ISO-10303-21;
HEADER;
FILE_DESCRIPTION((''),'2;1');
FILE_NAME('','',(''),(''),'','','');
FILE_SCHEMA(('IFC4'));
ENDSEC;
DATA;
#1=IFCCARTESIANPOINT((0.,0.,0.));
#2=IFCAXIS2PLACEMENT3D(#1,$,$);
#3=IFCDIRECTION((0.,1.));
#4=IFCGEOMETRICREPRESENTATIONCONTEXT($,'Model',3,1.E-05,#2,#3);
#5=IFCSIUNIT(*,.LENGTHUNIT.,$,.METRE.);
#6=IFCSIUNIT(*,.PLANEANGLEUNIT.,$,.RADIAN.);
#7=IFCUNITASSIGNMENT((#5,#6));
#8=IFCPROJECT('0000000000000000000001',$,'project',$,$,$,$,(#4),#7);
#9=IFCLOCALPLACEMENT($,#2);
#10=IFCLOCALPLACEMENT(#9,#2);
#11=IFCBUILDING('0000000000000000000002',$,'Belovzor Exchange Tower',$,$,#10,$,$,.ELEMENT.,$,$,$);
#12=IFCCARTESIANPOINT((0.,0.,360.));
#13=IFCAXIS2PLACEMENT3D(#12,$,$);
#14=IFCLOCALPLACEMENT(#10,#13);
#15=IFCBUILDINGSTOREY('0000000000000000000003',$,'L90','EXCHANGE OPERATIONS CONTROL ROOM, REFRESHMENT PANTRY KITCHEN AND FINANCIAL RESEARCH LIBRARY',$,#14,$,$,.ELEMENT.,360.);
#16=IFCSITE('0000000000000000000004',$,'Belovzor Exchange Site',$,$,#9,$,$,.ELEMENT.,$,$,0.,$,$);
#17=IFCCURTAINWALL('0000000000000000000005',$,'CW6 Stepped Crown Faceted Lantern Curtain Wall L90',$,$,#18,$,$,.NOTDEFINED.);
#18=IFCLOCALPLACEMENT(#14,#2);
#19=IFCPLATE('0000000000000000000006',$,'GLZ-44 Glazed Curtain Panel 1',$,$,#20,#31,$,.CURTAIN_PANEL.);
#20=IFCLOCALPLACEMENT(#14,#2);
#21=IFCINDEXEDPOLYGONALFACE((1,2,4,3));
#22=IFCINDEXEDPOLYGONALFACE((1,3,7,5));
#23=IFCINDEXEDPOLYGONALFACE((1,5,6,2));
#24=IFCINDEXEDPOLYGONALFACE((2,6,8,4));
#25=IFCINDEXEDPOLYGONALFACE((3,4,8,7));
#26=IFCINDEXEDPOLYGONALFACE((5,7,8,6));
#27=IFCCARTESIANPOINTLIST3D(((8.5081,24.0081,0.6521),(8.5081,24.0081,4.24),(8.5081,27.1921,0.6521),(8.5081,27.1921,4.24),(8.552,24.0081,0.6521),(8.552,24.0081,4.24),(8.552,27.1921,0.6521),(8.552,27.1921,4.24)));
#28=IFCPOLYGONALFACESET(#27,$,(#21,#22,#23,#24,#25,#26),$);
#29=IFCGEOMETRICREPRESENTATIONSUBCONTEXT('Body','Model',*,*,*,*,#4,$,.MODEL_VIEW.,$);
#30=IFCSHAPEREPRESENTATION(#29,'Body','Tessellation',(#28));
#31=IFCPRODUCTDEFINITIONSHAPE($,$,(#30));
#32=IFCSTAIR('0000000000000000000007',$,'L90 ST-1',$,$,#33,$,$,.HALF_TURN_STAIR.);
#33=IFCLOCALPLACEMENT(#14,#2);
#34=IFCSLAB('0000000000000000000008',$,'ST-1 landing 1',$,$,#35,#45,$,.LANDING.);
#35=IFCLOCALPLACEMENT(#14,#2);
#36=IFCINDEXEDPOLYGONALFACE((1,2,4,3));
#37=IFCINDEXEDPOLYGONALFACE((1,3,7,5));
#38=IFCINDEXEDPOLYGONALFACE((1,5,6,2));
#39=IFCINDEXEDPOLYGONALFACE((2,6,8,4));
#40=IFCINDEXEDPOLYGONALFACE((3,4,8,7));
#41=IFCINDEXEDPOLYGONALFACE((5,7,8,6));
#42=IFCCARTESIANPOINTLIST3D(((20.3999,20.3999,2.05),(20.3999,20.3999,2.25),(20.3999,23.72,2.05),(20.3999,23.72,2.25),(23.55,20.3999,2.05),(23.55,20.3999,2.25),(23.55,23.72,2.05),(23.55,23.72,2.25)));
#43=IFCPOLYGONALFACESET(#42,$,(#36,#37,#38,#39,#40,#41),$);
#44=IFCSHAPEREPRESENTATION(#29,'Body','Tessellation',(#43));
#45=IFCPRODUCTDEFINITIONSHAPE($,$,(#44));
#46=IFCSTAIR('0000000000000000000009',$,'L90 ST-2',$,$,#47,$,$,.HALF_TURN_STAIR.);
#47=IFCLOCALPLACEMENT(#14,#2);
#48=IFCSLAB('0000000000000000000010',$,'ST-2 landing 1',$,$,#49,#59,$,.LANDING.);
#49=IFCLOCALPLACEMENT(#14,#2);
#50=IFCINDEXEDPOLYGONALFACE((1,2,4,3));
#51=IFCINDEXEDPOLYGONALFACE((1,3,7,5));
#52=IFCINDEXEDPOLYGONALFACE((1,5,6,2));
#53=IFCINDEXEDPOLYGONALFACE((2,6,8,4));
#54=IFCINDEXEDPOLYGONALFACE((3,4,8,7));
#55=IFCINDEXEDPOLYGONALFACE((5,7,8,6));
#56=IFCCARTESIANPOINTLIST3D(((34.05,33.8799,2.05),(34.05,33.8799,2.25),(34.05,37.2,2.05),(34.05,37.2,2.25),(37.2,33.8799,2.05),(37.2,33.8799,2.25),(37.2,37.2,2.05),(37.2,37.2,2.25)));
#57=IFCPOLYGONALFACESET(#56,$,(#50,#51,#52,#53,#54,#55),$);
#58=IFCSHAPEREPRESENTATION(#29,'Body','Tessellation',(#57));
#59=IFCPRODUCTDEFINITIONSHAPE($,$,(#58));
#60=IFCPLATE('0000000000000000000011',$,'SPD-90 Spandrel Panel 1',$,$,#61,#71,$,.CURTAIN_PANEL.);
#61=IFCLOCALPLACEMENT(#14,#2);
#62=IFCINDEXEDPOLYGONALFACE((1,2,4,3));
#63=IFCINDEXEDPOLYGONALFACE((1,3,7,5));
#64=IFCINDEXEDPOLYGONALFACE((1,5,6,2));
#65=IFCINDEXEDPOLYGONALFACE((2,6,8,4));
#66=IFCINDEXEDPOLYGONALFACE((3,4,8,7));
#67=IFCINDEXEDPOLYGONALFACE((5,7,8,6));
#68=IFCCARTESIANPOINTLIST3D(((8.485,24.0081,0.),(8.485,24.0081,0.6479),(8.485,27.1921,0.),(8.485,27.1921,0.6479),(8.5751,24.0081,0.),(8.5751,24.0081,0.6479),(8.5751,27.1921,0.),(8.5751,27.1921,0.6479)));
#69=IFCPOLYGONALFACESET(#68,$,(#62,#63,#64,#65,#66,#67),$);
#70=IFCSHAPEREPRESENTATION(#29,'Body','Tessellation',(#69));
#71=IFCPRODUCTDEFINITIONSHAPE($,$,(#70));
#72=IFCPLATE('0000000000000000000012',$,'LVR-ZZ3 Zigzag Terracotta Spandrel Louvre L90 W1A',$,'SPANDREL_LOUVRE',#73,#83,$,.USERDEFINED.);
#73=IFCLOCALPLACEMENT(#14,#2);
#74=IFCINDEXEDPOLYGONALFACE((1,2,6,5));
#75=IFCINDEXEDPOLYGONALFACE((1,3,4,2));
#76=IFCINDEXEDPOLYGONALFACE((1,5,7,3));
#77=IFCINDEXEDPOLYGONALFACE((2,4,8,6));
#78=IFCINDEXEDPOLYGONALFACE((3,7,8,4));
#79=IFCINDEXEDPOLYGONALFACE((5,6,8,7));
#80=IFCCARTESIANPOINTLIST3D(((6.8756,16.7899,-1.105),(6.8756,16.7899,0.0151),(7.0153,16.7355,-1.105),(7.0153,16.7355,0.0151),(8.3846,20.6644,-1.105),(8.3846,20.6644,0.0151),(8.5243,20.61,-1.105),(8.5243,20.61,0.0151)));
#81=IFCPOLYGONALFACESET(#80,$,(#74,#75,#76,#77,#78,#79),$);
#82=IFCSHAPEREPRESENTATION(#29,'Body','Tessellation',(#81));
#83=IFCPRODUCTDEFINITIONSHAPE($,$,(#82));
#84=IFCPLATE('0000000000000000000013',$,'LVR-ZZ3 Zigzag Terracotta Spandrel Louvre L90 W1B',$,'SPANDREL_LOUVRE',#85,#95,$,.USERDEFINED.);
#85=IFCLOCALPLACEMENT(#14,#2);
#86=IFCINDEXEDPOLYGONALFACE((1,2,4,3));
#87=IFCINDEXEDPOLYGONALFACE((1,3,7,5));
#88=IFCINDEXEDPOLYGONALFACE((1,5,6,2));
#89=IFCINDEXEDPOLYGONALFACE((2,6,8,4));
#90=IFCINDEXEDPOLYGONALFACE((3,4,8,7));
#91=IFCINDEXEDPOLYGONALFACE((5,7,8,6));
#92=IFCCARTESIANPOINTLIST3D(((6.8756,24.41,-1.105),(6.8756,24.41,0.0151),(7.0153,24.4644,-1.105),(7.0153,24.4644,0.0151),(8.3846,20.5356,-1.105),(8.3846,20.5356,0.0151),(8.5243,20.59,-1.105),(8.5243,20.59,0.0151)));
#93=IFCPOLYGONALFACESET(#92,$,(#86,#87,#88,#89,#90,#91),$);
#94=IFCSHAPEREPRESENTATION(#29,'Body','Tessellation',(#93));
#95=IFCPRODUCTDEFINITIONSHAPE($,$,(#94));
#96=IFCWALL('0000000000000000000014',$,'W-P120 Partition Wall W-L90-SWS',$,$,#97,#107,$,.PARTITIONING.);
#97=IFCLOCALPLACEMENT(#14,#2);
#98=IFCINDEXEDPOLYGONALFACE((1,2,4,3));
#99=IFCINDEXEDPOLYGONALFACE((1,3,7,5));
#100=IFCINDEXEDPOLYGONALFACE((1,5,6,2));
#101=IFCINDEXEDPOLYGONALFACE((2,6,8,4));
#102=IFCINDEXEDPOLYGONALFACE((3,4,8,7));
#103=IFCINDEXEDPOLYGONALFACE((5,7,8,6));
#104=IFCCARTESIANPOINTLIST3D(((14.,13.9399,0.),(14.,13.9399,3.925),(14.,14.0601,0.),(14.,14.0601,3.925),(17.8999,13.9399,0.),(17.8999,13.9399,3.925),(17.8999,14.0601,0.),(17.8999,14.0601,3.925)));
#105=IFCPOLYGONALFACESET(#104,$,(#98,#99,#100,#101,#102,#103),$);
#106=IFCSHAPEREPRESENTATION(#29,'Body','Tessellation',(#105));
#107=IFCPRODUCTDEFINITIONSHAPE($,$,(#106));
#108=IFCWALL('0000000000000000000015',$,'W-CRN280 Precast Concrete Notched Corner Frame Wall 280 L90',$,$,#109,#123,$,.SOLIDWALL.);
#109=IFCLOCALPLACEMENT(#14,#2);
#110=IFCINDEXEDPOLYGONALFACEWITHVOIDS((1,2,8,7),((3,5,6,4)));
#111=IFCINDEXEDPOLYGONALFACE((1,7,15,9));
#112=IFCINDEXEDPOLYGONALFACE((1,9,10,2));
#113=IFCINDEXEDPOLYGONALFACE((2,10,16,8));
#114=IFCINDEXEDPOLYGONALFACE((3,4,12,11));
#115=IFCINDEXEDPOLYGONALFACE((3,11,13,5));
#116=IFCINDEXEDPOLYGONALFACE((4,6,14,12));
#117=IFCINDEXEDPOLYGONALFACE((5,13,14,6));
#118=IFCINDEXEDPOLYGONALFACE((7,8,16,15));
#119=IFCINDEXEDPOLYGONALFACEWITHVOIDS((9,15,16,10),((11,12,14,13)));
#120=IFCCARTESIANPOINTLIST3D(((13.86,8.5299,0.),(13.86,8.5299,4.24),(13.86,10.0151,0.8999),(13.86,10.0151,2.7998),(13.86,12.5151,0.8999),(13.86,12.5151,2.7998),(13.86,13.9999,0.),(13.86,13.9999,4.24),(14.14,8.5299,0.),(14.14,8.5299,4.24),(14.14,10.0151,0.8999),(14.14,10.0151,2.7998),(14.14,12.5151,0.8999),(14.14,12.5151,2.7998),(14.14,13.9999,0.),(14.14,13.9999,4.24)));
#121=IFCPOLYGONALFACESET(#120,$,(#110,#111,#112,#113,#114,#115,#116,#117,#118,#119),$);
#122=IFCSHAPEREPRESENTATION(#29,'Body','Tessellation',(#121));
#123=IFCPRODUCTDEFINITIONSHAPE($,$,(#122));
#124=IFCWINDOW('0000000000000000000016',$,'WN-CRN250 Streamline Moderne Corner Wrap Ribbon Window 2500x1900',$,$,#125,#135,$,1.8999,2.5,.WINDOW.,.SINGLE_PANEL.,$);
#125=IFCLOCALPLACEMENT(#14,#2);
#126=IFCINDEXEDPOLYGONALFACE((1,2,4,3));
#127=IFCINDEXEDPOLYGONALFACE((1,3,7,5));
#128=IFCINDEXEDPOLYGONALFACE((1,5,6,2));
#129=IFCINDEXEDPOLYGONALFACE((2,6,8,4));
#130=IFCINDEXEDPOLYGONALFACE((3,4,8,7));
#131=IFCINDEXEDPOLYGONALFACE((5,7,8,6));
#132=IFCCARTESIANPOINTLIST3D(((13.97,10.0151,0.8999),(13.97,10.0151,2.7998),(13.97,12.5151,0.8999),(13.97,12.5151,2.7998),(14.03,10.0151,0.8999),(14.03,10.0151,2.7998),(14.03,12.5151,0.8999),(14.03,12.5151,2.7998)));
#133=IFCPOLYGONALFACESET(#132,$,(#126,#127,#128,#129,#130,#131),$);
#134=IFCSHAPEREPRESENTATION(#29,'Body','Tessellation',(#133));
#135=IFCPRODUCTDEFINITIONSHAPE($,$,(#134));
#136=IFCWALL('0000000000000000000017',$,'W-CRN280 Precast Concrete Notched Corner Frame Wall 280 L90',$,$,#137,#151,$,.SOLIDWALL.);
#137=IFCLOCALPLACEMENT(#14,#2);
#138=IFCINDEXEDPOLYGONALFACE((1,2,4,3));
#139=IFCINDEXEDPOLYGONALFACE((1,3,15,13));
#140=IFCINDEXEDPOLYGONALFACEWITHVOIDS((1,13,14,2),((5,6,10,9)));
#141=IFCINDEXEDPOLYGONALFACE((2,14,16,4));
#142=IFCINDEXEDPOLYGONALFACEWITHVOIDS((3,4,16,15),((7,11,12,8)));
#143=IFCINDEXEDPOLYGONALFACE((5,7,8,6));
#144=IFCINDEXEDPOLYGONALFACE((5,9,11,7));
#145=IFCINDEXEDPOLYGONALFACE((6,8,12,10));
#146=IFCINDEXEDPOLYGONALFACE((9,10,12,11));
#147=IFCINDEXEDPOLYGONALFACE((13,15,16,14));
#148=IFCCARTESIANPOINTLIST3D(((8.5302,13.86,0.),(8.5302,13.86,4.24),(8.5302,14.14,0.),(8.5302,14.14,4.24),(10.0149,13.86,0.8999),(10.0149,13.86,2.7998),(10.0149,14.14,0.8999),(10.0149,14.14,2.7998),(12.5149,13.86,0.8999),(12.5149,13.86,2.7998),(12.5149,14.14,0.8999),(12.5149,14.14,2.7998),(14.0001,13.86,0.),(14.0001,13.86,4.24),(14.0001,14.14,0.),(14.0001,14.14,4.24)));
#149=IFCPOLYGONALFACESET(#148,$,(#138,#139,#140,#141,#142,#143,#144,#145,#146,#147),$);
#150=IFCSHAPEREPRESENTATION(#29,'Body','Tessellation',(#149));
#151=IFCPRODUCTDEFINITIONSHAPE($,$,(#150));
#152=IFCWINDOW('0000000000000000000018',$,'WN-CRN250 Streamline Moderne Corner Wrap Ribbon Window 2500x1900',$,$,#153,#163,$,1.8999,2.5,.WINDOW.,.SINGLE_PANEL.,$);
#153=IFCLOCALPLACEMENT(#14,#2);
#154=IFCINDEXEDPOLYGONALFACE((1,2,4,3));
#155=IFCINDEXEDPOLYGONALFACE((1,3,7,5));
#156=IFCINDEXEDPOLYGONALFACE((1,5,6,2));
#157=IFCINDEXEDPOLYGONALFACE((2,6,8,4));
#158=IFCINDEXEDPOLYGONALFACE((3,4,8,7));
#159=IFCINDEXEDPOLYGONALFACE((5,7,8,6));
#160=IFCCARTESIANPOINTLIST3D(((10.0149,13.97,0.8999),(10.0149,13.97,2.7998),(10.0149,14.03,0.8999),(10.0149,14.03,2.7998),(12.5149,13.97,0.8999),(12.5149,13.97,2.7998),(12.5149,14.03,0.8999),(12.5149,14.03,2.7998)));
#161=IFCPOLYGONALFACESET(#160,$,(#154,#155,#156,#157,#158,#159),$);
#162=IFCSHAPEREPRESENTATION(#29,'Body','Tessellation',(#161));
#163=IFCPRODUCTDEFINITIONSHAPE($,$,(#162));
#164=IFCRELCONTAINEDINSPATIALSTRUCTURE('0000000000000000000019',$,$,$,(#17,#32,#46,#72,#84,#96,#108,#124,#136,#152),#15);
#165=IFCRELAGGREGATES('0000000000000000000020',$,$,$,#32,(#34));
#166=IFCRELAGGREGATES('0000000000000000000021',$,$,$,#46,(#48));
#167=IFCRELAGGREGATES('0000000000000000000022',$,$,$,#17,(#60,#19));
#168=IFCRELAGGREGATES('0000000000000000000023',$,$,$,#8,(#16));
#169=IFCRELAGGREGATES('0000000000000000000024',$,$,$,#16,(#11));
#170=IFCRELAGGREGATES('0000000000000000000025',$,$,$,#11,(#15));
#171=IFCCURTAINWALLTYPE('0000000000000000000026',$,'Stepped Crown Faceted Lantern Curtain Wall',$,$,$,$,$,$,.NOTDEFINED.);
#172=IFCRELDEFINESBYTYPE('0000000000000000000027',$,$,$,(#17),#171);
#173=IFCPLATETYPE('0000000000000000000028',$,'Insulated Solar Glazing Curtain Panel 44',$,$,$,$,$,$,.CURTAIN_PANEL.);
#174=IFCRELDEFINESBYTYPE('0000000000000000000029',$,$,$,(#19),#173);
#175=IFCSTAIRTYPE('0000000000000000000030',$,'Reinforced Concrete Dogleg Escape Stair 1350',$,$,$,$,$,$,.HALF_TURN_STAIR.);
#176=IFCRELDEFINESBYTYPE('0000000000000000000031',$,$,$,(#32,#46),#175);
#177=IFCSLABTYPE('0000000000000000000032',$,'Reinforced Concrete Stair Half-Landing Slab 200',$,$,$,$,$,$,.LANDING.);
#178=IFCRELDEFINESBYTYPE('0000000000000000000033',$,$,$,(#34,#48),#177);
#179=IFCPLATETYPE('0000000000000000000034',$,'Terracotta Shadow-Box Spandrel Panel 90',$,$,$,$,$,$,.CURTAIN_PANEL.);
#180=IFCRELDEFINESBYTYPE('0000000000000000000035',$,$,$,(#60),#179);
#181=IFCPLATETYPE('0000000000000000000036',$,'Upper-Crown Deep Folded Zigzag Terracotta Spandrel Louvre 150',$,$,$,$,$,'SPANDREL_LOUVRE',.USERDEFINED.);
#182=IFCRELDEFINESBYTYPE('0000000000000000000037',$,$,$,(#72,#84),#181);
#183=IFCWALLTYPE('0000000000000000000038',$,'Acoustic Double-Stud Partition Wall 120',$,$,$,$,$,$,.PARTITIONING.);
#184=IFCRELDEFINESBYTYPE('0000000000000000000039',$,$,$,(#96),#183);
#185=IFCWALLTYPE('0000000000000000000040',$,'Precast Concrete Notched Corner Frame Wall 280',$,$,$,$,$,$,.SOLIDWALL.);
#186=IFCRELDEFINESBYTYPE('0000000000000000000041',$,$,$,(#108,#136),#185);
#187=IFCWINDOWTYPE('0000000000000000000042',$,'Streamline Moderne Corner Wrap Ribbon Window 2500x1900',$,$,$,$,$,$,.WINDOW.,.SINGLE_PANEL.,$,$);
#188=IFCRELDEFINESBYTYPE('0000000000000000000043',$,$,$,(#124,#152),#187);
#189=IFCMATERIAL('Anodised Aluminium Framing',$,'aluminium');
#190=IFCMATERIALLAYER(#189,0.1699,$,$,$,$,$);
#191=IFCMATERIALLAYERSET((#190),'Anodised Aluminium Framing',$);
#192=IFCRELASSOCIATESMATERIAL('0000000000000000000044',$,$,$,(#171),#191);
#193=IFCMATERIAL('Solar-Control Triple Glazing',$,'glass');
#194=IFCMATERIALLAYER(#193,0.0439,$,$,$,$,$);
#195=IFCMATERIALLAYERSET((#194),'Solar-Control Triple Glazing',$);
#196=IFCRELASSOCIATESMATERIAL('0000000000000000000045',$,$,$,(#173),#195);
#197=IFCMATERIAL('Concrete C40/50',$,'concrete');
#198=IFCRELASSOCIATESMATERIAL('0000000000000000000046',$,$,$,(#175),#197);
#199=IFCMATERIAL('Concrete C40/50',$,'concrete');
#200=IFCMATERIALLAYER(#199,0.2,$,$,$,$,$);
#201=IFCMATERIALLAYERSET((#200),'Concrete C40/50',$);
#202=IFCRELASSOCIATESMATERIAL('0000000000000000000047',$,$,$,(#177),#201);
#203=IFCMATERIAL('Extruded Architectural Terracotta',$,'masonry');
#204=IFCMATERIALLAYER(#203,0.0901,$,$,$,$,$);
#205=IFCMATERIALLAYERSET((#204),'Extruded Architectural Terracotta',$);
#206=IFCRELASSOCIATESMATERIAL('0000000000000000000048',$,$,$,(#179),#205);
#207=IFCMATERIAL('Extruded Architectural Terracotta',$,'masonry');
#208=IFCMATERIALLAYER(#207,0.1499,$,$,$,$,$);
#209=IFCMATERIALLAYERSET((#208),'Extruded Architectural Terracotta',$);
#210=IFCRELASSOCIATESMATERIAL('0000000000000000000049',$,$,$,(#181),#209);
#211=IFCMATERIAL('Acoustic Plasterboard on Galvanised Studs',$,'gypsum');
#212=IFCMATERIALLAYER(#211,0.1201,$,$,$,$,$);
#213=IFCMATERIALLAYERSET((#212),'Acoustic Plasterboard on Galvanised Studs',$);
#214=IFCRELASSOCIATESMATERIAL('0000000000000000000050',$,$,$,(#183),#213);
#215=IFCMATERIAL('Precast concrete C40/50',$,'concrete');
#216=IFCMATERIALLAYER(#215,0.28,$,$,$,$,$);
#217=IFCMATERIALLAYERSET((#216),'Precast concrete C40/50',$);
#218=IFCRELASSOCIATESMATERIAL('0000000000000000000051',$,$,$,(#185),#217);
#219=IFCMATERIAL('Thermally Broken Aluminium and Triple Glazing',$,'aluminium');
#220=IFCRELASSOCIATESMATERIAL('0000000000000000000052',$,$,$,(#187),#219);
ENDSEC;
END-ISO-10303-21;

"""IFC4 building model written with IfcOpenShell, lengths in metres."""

from ifc_helpers import new_model, si_unit, direction, frame, frame_2d, origin, origin_2d, place, context, subcontext, project, spatial, polyline, rectangle, outline, extrude, material, layer, layer_set, type_object, element, fill, aggregate, save


model = new_model("IFC4")

# Units and contexts
model_context = context("Model", 3, precision=1e-05, world=origin(), true_north=direction((0.0, 1.0)))
body_context = subcontext(model_context, "Body", "Model", "MODEL_VIEW")
ifc_project = project(units=[si_unit("LENGTHUNIT", "METRE"), si_unit("PLANEANGLEUNIT", "RADIAN")], contexts=[model_context])

# Site, building, storey
site_placement = place(None, origin())
site = spatial("IfcSite", under=ifc_project, at=site_placement, Name="Belovzor Exchange Site", CompositionType="ELEMENT", RefElevation=0.0)
building_placement = place(site_placement, origin())
building = spatial("IfcBuilding", under=site, at=building_placement, Name="Belovzor Exchange Tower", CompositionType="ELEMENT")
storey_placement = place(building_placement, frame((0.0, 0.0, 360.0)))
storey = spatial("IfcBuildingStorey", under=building, at=storey_placement, Name="L90", Description="EXCHANGE OPERATIONS CONTROL ROOM, REFRESHMENT PANTRY KITCHEN AND FINANCIAL RESEARCH LIBRARY", CompositionType="ELEMENT", Elevation=360.0)

# Curtain wall
ifc_material_1 = material(Name="Anodised Aluminium Framing", Category="aluminium")
ifc_layer_1 = layer(ifc_material_1, 0.1699)
ifc_layer_set_1 = layer_set([ifc_layer_1], Name="Anodised Aluminium Framing")
curtain_wall_type = type_object("IfcCurtainWallType", Name="Stepped Crown Faceted Lantern Curtain Wall", PredefinedType="NOTDEFINED", material=ifc_layer_set_1)
curtain_wall_placement = place(storey_placement, origin())
curtain_wall = element("IfcCurtainWall", 1, at=curtain_wall_placement, inside=storey, type_object=curtain_wall_type, Name="CW6 Stepped Crown Faceted Lantern Curtain Wall L90", PredefinedType="NOTDEFINED")

# Plate
ifc_material_2 = material(Name="Solar-Control Triple Glazing", Category="glass")
ifc_layer_2 = layer(ifc_material_2, 0.0439)
ifc_layer_set_2 = layer_set([ifc_layer_2], Name="Solar-Control Triple Glazing")
plate_type_1 = type_object("IfcPlateType", Name="Insulated Solar Glazing Curtain Panel 44", PredefinedType="CURTAIN_PANEL", material=ifc_layer_set_2)
plate_1_placement = place(storey_placement, frame((8.53, 25.6001, 0.6521), z_axis=(0.0, 0.0, 1.0), x_axis=(0.0, 1.0, 0.0)))
plate_1 = element("IfcPlate", 2, at=plate_1_placement, type_object=plate_type_1, Name="GLZ-44 Glazed Curtain Panel 1", PredefinedType="CURTAIN_PANEL", context=body_context, shape_type="SweptSolid", body=[
    extrude(rectangle(XDim=3.1841, YDim=0.0439, at=origin_2d()), origin(), (0.0, 0.0, 1.0), 3.5879),
])

# Stairs, slabs
ifc_material_3 = material(Name="Concrete C40/50", Category="concrete")
stair_type = type_object("IfcStairType", Name="Reinforced Concrete Dogleg Escape Stair 1350", PredefinedType="HALF_TURN_STAIR", material=ifc_material_3)
stair_1_placement = place(storey_placement, origin())
stair_1 = element("IfcStair", 3, at=stair_1_placement, inside=storey, type_object=stair_type, Name="L90 ST-1", PredefinedType="HALF_TURN_STAIR")
ifc_material_4 = material(Name="Concrete C40/50", Category="concrete")
ifc_layer_3 = layer(ifc_material_4, 0.2)
ifc_layer_set_3 = layer_set([ifc_layer_3], Name="Concrete C40/50")
slab_type_1 = type_object("IfcSlabType", Name="Reinforced Concrete Stair Half-Landing Slab 200", PredefinedType="LANDING", material=ifc_layer_set_3)
slab_1_placement = place(storey_placement, frame((0.0, 0.0, 2.05)))
slab_1 = element("IfcSlab", 4, at=slab_1_placement, type_object=slab_type_1, Name="ST-1 landing 1", PredefinedType="LANDING", context=body_context, shape_type="SweptSolid", body=[
    extrude(outline(polyline([(20.3999, 23.72), (20.3999, 20.3999), (23.55, 20.3999), (23.55, 23.72), (20.3999, 23.72)])), origin(), (0.0, 0.0, 1.0), 0.2),
])
aggregate(stair_1, [slab_1])
stair_2_placement = place(storey_placement, origin())
stair_2 = element("IfcStair", 5, at=stair_2_placement, inside=storey, type_object=stair_type, Name="L90 ST-2", PredefinedType="HALF_TURN_STAIR")
slab_2_placement = place(storey_placement, frame((0.0, 0.0, 2.05)))
slab_2 = element("IfcSlab", 6, at=slab_2_placement, type_object=slab_type_1, Name="ST-2 landing 1", PredefinedType="LANDING", context=body_context, shape_type="SweptSolid", body=[
    extrude(outline(polyline([(37.2, 33.8799), (37.2, 37.2), (34.05, 37.2), (34.05, 33.8799), (37.2, 33.8799)])), origin(), (0.0, 0.0, 1.0), 0.2),
])
aggregate(stair_2, [slab_2])

# Plate
ifc_material_5 = material(Name="Extruded Architectural Terracotta", Category="masonry")
ifc_layer_4 = layer(ifc_material_5, 0.0901)
ifc_layer_set_4 = layer_set([ifc_layer_4], Name="Extruded Architectural Terracotta")
plate_type_2 = type_object("IfcPlateType", Name="Terracotta Shadow-Box Spandrel Panel 90", PredefinedType="CURTAIN_PANEL", material=ifc_layer_set_4)
plate_2_placement = place(storey_placement, frame((8.53, 25.6001, 0.0), z_axis=(0.0, 0.0, 1.0), x_axis=(0.0, 1.0, 0.0)))
plate_2 = element("IfcPlate", 7, at=plate_2_placement, type_object=plate_type_2, Name="SPD-90 Spandrel Panel 1", PredefinedType="CURTAIN_PANEL", context=body_context, shape_type="SweptSolid", body=[
    extrude(rectangle(XDim=3.1841, YDim=0.0901, at=origin_2d()), origin(), (0.0, 0.0, 1.0), 0.6479),
])
aggregate(curtain_wall, [plate_2, plate_1])

# Plates
ifc_material_6 = material(Name="Extruded Architectural Terracotta", Category="masonry")
ifc_layer_5 = layer(ifc_material_6, 0.1499)
ifc_layer_set_5 = layer_set([ifc_layer_5], Name="Extruded Architectural Terracotta")
plate_type_3 = type_object("IfcPlateType", Name="Upper-Crown Deep Folded Zigzag Terracotta Spandrel Louvre 150", ElementType="SPANDREL_LOUVRE", PredefinedType="USERDEFINED", material=ifc_layer_set_5)
for number, where, z_axis, x_axis, name in (
    (8, (7.7, 18.7, -1.105), (0.0, 0.0, 1.0), (0.362926, 0.931818, 0.0), "LVR-ZZ3 Zigzag Terracotta Spandrel Louvre L90 W1A"),
    (9, (7.7, 22.5, -1.105), (0.0, 0.0, 1.0), (-0.362926, 0.931818, 0.0), "LVR-ZZ3 Zigzag Terracotta Spandrel Louvre L90 W1B"),
):
    element("IfcPlate", number, at=place(storey_placement, frame(where, z_axis=z_axis, x_axis=x_axis)), inside=storey, type_object=plate_type_3, Name=name, ObjectType="SPANDREL_LOUVRE", PredefinedType="USERDEFINED", context=body_context, shape_type="SweptSolid", body=[
        extrude(rectangle(XDim=4.158, YDim=0.1499, at=origin_2d()), origin(), (0.0, 0.0, 1.0), 1.1201),
    ])

# Wall
ifc_material_7 = material(Name="Acoustic Plasterboard on Galvanised Studs", Category="gypsum")
ifc_layer_6 = layer(ifc_material_7, 0.1201)
ifc_layer_set_6 = layer_set([ifc_layer_6], Name="Acoustic Plasterboard on Galvanised Studs")
wall_type_1 = type_object("IfcWallType", Name="Acoustic Double-Stud Partition Wall 120", PredefinedType="PARTITIONING", material=ifc_layer_set_6)
wall_1_placement = place(storey_placement, frame((14.0, 14.0, 0.0), z_axis=(0.0, 0.0, 1.0), x_axis=(1.0, 0.0, 0.0)))
element("IfcWall", 10, at=wall_1_placement, inside=storey, type_object=wall_type_1, Name="W-P120 Partition Wall W-L90-SWS", PredefinedType="PARTITIONING", context=body_context, shape_type="SweptSolid", body=[
    extrude(rectangle(XDim=3.8999, YDim=0.1201, at=frame_2d((1.95, 0.0))), origin(), (0.0, 0.0, 1.0), 3.925),
])

# Walls, openings, windows
ifc_material_8 = material(Name="Precast concrete C40/50", Category="concrete")
ifc_layer_7 = layer(ifc_material_8, 0.28)
ifc_layer_set_7 = layer_set([ifc_layer_7], Name="Precast concrete C40/50")
wall_type_2 = type_object("IfcWallType", Name="Precast Concrete Notched Corner Frame Wall 280", PredefinedType="SOLIDWALL", material=ifc_layer_set_7)
wall_2_placement = place(storey_placement, frame((14.0, 8.53, 0.0), z_axis=(0.0, 0.0, 1.0), x_axis=(0.0, 1.0, 0.0)))
wall_2 = element("IfcWall", 11, at=wall_2_placement, inside=storey, type_object=wall_type_2, Name="W-CRN280 Precast Concrete Notched Corner Frame Wall 280 L90", PredefinedType="SOLIDWALL", context=body_context, shape_type="SweptSolid", body=[
    extrude(rectangle(XDim=5.47, YDim=0.28, at=frame_2d((2.7349, 0.0))), origin(), (0.0, 0.0, 1.0), 4.24),
])
opening_1_placement = place(wall_2_placement, frame((1.4851, 0.0, 0.8999)))
opening_1 = element("IfcOpeningElement", 12, at=opening_1_placement, cuts=wall_2, PredefinedType="OPENING", context=body_context, shape_type="SweptSolid", body=[
    extrude(rectangle(XDim=2.5, YDim=1.8999, at=frame_2d((1.25, 0.95))), frame((0.0, 0.1499, 0.0), z_axis=(0.0, -1.0, 0.0), x_axis=(1.0, 0.0, 0.0)), (0.0, 0.0, 1.0), 0.3),
])
ifc_material_9 = material(Name="Thermally Broken Aluminium and Triple Glazing", Category="aluminium")
window_type_1 = type_object("IfcWindowType", Name="Streamline Moderne Corner Wrap Ribbon Window 2500x1900", PartitioningType="SINGLE_PANEL", PredefinedType="WINDOW", material=ifc_material_9)
window_1_placement = place(opening_1_placement, origin())
window_1 = element("IfcWindow", 13, at=window_1_placement, inside=storey, type_object=window_type_1, Name="WN-CRN250 Streamline Moderne Corner Wrap Ribbon Window 2500x1900", OverallHeight=1.8999, OverallWidth=2.5, PartitioningType="SINGLE_PANEL", PredefinedType="WINDOW", context=body_context, shape_type="SweptSolid", body=[
    extrude(rectangle(XDim=2.5, YDim=1.8999, at=frame_2d((1.25, 0.95))), frame((0.0, 0.03, 0.0), z_axis=(0.0, -1.0, 0.0), x_axis=(1.0, 0.0, 0.0)), (0.0, 0.0, 1.0), 0.0601),
])
fill(opening_1, window_1)
wall_3_placement = place(storey_placement, frame((14.0, 14.0, 0.0), z_axis=(0.0, 0.0, 1.0), x_axis=(-1.0, 0.0, 0.0)))
wall_3 = element("IfcWall", 14, at=wall_3_placement, inside=storey, type_object=wall_type_2, Name="W-CRN280 Precast Concrete Notched Corner Frame Wall 280 L90", PredefinedType="SOLIDWALL", context=body_context, shape_type="SweptSolid", body=[
    extrude(rectangle(XDim=5.47, YDim=0.28, at=frame_2d((2.7349, 0.0))), origin(), (0.0, 0.0, 1.0), 4.24),
])
opening_2_placement = place(wall_3_placement, frame((1.4851, 0.0, 0.8999)))
opening_2 = element("IfcOpeningElement", 15, at=opening_2_placement, cuts=wall_3, PredefinedType="OPENING", context=body_context, shape_type="SweptSolid", body=[
    extrude(rectangle(XDim=2.5, YDim=1.8999, at=frame_2d((1.25, 0.95))), frame((0.0, 0.1499, 0.0), z_axis=(0.0, -1.0, 0.0), x_axis=(1.0, 0.0, 0.0)), (0.0, 0.0, 1.0), 0.3),
])
window_2_placement = place(opening_2_placement, origin())
window_2 = element("IfcWindow", 16, at=window_2_placement, inside=storey, type_object=window_type_1, Name="WN-CRN250 Streamline Moderne Corner Wrap Ribbon Window 2500x1900", OverallHeight=1.8999, OverallWidth=2.5, PartitioningType="SINGLE_PANEL", PredefinedType="WINDOW", context=body_context, shape_type="SweptSolid", body=[
    extrude(rectangle(XDim=2.5, YDim=1.8999, at=frame_2d((1.25, 0.95))), frame((0.0, 0.03, 0.0), z_axis=(0.0, -1.0, 0.0), x_axis=(1.0, 0.0, 0.0)), (0.0, 0.0, 1.0), 0.0601),
])
fill(opening_2, window_2)

save(model, "model.ifc")
